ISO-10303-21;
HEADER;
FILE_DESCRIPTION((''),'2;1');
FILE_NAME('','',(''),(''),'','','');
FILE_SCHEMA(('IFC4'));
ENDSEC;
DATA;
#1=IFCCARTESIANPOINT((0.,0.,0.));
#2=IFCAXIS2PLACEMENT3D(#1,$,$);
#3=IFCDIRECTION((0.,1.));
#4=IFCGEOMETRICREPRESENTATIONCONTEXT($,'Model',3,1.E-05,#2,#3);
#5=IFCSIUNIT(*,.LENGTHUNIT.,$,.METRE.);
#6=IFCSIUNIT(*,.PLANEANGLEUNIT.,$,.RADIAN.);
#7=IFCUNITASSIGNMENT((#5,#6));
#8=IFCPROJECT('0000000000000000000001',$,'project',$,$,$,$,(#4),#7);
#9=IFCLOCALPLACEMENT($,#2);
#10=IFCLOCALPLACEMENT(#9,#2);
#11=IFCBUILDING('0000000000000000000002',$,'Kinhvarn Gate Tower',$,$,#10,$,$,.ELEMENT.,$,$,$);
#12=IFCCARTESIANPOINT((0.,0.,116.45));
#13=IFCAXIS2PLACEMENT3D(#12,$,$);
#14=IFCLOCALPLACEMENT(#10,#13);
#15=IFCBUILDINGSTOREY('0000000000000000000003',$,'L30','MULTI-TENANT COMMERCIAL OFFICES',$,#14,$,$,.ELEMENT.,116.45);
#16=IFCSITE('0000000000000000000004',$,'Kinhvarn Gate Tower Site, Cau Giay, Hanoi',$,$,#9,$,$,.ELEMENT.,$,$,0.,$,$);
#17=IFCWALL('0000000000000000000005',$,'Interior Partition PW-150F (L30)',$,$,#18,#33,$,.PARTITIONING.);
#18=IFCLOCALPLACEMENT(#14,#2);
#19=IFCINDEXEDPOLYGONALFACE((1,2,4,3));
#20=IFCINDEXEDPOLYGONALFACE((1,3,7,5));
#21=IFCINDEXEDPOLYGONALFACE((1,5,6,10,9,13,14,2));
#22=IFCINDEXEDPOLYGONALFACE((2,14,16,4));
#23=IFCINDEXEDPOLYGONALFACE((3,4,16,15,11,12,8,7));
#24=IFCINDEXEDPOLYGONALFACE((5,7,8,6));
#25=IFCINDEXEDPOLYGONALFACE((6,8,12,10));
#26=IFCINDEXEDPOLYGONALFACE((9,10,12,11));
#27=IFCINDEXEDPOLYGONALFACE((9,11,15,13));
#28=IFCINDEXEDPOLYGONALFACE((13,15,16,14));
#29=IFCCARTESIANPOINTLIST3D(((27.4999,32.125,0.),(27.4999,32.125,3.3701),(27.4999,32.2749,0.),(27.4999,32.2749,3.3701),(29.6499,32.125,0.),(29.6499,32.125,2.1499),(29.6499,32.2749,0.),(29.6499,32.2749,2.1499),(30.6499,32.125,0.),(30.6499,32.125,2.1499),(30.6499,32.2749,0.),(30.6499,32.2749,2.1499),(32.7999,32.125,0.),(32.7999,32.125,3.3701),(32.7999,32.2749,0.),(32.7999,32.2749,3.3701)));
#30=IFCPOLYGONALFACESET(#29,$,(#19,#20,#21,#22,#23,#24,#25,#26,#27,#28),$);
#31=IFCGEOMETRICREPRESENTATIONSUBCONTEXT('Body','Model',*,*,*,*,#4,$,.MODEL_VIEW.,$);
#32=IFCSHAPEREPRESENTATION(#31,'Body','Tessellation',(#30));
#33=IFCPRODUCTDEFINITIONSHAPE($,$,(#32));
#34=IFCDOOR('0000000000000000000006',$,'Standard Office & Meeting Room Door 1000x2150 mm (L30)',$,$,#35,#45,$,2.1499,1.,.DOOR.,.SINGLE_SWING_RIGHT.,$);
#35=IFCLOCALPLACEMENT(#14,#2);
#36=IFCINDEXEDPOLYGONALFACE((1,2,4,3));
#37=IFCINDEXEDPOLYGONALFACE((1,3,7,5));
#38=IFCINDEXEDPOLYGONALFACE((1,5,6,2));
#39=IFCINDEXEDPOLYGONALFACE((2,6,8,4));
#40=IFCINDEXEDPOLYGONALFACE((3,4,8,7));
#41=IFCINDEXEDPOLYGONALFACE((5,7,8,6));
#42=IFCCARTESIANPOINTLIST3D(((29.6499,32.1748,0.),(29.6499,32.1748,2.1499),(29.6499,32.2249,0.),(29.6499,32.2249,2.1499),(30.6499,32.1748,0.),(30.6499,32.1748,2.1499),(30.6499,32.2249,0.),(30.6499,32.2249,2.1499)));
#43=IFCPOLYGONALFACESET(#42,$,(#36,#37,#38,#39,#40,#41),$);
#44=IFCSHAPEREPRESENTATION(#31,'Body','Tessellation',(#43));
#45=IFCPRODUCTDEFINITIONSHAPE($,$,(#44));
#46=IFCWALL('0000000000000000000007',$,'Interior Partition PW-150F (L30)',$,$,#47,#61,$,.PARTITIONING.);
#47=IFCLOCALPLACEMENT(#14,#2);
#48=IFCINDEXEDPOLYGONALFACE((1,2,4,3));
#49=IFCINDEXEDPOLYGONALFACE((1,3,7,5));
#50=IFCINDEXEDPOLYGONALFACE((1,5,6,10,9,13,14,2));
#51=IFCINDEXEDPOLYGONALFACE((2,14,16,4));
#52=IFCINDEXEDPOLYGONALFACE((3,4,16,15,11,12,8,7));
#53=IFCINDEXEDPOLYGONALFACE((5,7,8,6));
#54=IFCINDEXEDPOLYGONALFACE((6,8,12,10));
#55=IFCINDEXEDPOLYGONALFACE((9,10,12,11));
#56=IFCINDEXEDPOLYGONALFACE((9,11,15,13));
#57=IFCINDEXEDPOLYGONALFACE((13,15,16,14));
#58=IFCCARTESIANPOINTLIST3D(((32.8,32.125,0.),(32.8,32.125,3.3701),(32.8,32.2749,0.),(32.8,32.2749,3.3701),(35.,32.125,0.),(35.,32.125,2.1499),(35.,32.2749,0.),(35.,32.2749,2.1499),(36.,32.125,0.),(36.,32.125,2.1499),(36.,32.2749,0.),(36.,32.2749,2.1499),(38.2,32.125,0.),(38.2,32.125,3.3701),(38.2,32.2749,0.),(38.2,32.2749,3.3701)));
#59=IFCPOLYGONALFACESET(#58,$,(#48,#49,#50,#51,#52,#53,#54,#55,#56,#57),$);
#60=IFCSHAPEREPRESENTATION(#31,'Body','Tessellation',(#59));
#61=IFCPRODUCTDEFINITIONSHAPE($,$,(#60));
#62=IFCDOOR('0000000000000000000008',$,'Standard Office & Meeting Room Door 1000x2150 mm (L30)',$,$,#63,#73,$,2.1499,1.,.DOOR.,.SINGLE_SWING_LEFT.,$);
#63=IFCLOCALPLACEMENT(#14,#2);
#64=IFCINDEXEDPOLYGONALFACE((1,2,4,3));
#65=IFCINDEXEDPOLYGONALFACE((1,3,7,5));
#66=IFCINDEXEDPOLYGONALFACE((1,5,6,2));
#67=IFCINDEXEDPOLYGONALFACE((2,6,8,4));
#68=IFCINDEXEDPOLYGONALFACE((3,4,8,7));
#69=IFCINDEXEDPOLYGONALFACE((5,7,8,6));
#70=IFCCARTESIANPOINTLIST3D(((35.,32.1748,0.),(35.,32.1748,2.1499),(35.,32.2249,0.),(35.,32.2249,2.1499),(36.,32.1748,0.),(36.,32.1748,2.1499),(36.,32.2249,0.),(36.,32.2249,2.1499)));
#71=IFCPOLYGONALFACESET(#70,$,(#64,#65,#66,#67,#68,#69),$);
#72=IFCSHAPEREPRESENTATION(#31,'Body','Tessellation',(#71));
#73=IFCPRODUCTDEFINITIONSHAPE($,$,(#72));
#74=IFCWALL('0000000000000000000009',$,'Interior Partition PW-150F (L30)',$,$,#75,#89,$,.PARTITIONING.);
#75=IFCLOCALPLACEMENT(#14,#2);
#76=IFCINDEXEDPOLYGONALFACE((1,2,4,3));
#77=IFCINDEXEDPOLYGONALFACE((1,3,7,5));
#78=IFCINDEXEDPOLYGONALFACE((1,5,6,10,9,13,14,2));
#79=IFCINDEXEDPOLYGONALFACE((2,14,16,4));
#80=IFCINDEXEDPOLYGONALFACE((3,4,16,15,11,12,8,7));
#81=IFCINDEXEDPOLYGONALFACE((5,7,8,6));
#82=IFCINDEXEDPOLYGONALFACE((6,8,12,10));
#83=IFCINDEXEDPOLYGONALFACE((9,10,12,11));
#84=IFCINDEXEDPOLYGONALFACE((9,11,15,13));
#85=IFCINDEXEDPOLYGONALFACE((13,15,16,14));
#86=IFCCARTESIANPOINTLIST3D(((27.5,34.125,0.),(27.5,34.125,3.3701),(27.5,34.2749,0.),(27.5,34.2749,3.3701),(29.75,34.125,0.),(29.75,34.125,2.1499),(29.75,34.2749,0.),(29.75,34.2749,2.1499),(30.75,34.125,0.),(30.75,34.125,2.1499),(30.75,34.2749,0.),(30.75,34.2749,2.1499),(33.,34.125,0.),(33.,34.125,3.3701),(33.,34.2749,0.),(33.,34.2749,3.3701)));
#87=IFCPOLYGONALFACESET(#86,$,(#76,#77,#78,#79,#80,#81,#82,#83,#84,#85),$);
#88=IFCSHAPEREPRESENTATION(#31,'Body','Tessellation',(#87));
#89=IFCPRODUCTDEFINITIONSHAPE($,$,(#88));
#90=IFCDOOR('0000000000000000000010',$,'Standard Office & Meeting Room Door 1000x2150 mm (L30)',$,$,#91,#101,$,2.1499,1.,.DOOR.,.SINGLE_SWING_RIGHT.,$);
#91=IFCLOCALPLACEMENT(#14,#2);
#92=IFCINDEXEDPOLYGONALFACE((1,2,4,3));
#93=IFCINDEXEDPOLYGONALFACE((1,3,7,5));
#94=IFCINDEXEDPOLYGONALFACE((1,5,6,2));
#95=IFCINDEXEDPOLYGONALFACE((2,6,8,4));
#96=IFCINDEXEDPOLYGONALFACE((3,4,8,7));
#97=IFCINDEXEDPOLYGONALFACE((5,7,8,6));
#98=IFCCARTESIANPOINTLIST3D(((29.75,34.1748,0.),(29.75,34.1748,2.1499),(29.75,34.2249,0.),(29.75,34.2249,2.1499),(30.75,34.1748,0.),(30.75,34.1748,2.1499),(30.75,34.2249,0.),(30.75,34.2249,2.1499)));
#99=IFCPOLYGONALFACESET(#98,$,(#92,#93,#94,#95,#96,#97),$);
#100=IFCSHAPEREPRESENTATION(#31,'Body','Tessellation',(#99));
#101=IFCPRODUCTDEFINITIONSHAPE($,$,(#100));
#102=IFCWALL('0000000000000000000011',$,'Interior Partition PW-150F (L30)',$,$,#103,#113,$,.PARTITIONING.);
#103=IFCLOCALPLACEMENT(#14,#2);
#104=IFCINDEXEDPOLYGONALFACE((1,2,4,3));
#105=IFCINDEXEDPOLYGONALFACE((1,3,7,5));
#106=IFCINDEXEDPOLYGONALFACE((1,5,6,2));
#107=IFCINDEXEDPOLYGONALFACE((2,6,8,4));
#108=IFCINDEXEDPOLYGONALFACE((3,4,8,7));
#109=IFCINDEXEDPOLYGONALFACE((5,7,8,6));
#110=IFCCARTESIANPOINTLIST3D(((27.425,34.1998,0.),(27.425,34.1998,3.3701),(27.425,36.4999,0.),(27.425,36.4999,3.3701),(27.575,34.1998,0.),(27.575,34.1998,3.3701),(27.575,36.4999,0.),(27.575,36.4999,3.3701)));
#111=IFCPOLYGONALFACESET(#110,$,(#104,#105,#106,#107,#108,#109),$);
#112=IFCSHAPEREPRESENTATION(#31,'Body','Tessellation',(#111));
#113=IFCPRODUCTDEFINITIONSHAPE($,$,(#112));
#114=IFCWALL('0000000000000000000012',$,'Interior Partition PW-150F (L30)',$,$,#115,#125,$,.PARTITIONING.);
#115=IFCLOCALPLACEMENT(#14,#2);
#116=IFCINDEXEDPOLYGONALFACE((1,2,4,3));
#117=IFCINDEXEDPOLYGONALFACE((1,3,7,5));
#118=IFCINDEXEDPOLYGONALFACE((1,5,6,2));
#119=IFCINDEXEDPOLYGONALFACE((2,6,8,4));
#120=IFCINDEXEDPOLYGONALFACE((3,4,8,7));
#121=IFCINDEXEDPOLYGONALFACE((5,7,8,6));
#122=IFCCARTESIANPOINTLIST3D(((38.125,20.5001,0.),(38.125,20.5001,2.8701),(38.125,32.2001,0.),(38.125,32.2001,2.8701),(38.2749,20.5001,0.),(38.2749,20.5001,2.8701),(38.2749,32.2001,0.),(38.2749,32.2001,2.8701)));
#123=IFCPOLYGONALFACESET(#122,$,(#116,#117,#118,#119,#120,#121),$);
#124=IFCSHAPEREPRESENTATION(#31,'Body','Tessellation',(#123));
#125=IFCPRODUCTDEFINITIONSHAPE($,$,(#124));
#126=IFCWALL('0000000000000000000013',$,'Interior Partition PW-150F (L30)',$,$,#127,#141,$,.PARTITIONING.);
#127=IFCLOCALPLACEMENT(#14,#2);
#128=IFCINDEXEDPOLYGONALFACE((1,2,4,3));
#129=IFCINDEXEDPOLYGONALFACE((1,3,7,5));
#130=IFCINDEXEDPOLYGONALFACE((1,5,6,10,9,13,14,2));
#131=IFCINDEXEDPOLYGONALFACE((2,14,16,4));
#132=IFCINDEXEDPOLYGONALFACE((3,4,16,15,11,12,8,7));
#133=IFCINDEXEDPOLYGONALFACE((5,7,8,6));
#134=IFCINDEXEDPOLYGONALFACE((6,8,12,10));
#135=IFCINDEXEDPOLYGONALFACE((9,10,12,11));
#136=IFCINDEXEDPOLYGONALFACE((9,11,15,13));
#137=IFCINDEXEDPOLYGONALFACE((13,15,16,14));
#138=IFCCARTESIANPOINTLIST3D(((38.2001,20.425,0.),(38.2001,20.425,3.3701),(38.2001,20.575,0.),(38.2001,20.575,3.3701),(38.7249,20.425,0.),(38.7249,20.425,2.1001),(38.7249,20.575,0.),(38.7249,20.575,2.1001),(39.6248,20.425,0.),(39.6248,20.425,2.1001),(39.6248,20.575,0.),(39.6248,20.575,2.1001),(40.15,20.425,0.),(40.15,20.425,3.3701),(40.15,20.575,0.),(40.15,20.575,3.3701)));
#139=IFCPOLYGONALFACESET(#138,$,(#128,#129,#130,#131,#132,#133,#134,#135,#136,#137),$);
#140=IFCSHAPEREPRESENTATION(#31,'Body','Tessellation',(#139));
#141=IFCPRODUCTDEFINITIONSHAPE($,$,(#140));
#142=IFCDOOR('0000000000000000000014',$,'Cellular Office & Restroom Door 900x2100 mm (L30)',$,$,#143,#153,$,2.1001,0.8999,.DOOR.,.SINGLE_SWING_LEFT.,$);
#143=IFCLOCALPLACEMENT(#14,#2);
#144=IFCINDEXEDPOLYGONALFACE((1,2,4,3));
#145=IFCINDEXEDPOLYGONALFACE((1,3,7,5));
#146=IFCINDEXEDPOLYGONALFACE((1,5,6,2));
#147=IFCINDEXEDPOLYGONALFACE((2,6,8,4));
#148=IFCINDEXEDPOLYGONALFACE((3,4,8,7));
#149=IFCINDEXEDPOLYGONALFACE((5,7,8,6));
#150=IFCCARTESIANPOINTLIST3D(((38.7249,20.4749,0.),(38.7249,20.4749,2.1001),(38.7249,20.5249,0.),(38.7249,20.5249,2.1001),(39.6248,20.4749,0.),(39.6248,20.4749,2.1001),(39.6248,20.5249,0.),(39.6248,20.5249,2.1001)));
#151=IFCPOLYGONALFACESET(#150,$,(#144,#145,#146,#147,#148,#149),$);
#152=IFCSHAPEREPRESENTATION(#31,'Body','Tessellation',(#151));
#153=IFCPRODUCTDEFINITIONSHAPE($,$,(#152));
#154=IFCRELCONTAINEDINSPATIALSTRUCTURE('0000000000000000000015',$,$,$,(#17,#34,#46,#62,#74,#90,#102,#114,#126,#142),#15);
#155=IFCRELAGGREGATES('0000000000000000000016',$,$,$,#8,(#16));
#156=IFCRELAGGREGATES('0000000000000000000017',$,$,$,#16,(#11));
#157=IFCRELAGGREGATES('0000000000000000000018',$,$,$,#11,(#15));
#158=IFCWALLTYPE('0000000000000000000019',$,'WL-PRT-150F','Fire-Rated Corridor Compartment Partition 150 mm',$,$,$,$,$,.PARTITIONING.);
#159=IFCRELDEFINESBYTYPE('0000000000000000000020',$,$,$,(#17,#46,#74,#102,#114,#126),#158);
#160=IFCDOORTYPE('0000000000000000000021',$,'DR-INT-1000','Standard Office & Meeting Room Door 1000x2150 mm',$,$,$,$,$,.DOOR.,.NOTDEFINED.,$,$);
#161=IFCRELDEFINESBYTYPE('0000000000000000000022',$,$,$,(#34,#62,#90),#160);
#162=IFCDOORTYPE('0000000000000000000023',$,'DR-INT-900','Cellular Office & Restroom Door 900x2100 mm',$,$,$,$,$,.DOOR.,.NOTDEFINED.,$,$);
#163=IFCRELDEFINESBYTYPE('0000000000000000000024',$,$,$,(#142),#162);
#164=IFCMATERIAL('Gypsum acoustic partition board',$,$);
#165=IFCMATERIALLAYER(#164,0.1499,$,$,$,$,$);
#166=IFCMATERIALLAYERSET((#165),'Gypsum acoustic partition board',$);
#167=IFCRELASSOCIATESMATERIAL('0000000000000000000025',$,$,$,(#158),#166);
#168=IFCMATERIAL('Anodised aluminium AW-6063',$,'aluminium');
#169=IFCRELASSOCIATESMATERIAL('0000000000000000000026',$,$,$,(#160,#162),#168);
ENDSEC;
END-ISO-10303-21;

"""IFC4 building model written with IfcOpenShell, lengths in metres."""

from ifc_helpers import new_model, si_unit, direction, frame, frame_2d, origin, place, context, subcontext, project, spatial, rectangle, extrude, material, layer, layer_set, type_object, element, fill, save


model = new_model("IFC4")

# Units and contexts
model_context = context("Model", 3, precision=1e-05, world=origin(), true_north=direction((0.0, 1.0)))
body_context = subcontext(model_context, "Body", "Model", "MODEL_VIEW")
ifc_project = project(units=[si_unit("LENGTHUNIT", "METRE"), si_unit("PLANEANGLEUNIT", "RADIAN")], contexts=[model_context])

# Site, building, storey
site_placement = place(None, origin())
site = spatial("IfcSite", under=ifc_project, at=site_placement, Name="Kinhvarn Gate Tower Site, Cau Giay, Hanoi", CompositionType="ELEMENT", RefElevation=0.0)
building_placement = place(site_placement, origin())
building = spatial("IfcBuilding", under=site, at=building_placement, Name="Kinhvarn Gate Tower", CompositionType="ELEMENT")
storey_placement = place(building_placement, frame((0.0, 0.0, 116.45)))
storey = spatial("IfcBuildingStorey", under=building, at=storey_placement, Name="L30", Description="MULTI-TENANT COMMERCIAL OFFICES", CompositionType="ELEMENT", Elevation=116.45)

# Shared definitions
ifc_material_1 = material(Name="Gypsum acoustic partition board")

# Walls, openings, doors
ifc_layer_1 = layer(ifc_material_1, 0.1499)
ifc_layer_set_1 = layer_set([ifc_layer_1], Name="Gypsum acoustic partition board")
wall_type_1 = type_object("IfcWallType", Name="WL-PRT-150F", Description="Fire-Rated Corridor Compartment Partition 150 mm", PredefinedType="PARTITIONING", material=ifc_layer_set_1)
wall_1_placement = place(storey_placement, frame((27.5, 32.2, 0.0), z_axis=(0.0, 0.0, 1.0), x_axis=(1.0, 0.0, 0.0)))
wall_1 = element("IfcWall", 1, at=wall_1_placement, inside=storey, type_object=wall_type_1, Name="Interior Partition PW-150F (L30)", PredefinedType="PARTITIONING", context=body_context, shape_type="SweptSolid", body=[
    extrude(rectangle(XDim=5.3, YDim=0.1499, at=frame_2d((2.6499, 0.0))), origin(), (0.0, 0.0, 1.0), 3.3701),
])
opening_1_placement = place(wall_1_placement, frame((2.1499, 0.0, 0.0)))
opening_1 = element("IfcOpeningElement", 2, at=opening_1_placement, cuts=wall_1, PredefinedType="OPENING", context=body_context, shape_type="SweptSolid", body=[
    extrude(rectangle(XDim=1.0, YDim=2.1499, at=frame_2d((0.5, 1.075))), frame((0.0, 0.085, 0.0), z_axis=(0.0, -1.0, 0.0), x_axis=(1.0, 0.0, 0.0)), (0.0, 0.0, 1.0), 0.1699),
])
ifc_material_2 = material(Name="Anodised aluminium AW-6063", Category="aluminium")
door_type_1 = type_object("IfcDoorType", Name="DR-INT-1000", Description="Standard Office & Meeting Room Door 1000x2150 mm", OperationType="NOTDEFINED", PredefinedType="DOOR", material=ifc_material_2)
door_1_placement = place(opening_1_placement, origin())
door_1 = element("IfcDoor", 3, at=door_1_placement, inside=storey, type_object=door_type_1, Name="Standard Office & Meeting Room Door 1000x2150 mm (L30)", OperationType="SINGLE_SWING_RIGHT", OverallHeight=2.1499, OverallWidth=1.0, PredefinedType="DOOR", context=body_context, shape_type="SweptSolid", body=[
    extrude(rectangle(XDim=1.0, YDim=2.1499, at=frame_2d((0.5, 1.075))), frame((0.0, 0.0249, 0.0), z_axis=(0.0, -1.0, 0.0), x_axis=(1.0, 0.0, 0.0)), (0.0, 0.0, 1.0), 0.05),
])
fill(opening_1, door_1)
wall_2_placement = place(storey_placement, frame((32.8, 32.2, 0.0), z_axis=(0.0, 0.0, 1.0), x_axis=(1.0, 0.0, 0.0)))
wall_2 = element("IfcWall", 4, at=wall_2_placement, inside=storey, type_object=wall_type_1, Name="Interior Partition PW-150F (L30)", PredefinedType="PARTITIONING", context=body_context, shape_type="SweptSolid", body=[
    extrude(rectangle(XDim=5.3999, YDim=0.1499, at=frame_2d((2.7, 0.0))), origin(), (0.0, 0.0, 1.0), 3.3701),
])
opening_2_placement = place(wall_2_placement, frame((2.2, 0.0, 0.0)))
opening_2 = element("IfcOpeningElement", 5, at=opening_2_placement, cuts=wall_2, PredefinedType="OPENING", context=body_context, shape_type="SweptSolid", body=[
    extrude(rectangle(XDim=1.0, YDim=2.1499, at=frame_2d((0.5, 1.075))), frame((0.0, 0.085, 0.0), z_axis=(0.0, -1.0, 0.0), x_axis=(1.0, 0.0, 0.0)), (0.0, 0.0, 1.0), 0.1699),
])
door_2_placement = place(opening_2_placement, origin())
door_2 = element("IfcDoor", 6, at=door_2_placement, inside=storey, type_object=door_type_1, Name="Standard Office & Meeting Room Door 1000x2150 mm (L30)", OperationType="SINGLE_SWING_LEFT", OverallHeight=2.1499, OverallWidth=1.0, PredefinedType="DOOR", context=body_context, shape_type="SweptSolid", body=[
    extrude(rectangle(XDim=1.0, YDim=2.1499, at=frame_2d((0.5, 1.075))), frame((0.0, 0.0249, 0.0), z_axis=(0.0, -1.0, 0.0), x_axis=(1.0, 0.0, 0.0)), (0.0, 0.0, 1.0), 0.05),
])
fill(opening_2, door_2)
wall_3_placement = place(storey_placement, frame((27.5, 34.2, 0.0), z_axis=(0.0, 0.0, 1.0), x_axis=(1.0, 0.0, 0.0)))
wall_3 = element("IfcWall", 7, at=wall_3_placement, inside=storey, type_object=wall_type_1, Name="Interior Partition PW-150F (L30)", PredefinedType="PARTITIONING", context=body_context, shape_type="SweptSolid", body=[
    extrude(rectangle(XDim=5.5, YDim=0.1499, at=frame_2d((2.75, 0.0))), origin(), (0.0, 0.0, 1.0), 3.3701),
])
opening_3_placement = place(wall_3_placement, frame((2.25, 0.0, 0.0)))
opening_3 = element("IfcOpeningElement", 8, at=opening_3_placement, cuts=wall_3, PredefinedType="OPENING", context=body_context, shape_type="SweptSolid", body=[
    extrude(rectangle(XDim=1.0, YDim=2.1499, at=frame_2d((0.5, 1.075))), frame((0.0, 0.085, 0.0), z_axis=(0.0, -1.0, 0.0), x_axis=(1.0, 0.0, 0.0)), (0.0, 0.0, 1.0), 0.1699),
])
door_3_placement = place(opening_3_placement, origin())
door_3 = element("IfcDoor", 9, at=door_3_placement, inside=storey, type_object=door_type_1, Name="Standard Office & Meeting Room Door 1000x2150 mm (L30)", OperationType="SINGLE_SWING_RIGHT", OverallHeight=2.1499, OverallWidth=1.0, PredefinedType="DOOR", context=body_context, shape_type="SweptSolid", body=[
    extrude(rectangle(XDim=1.0, YDim=2.1499, at=frame_2d((0.5, 1.075))), frame((0.0, 0.0249, 0.0), z_axis=(0.0, -1.0, 0.0), x_axis=(1.0, 0.0, 0.0)), (0.0, 0.0, 1.0), 0.05),
])
fill(opening_3, door_3)

# Walls
wall_4_placement = place(storey_placement, frame((27.5, 34.2, 0.0), z_axis=(0.0, 0.0, 1.0), x_axis=(0.0, 1.0, 0.0)))
element("IfcWall", 10, at=wall_4_placement, inside=storey, type_object=wall_type_1, Name="Interior Partition PW-150F (L30)", PredefinedType="PARTITIONING", context=body_context, shape_type="SweptSolid", body=[
    extrude(rectangle(XDim=2.3, YDim=0.1499, at=frame_2d((1.1499, 0.0))), origin(), (0.0, 0.0, 1.0), 3.3701),
])
wall_5_placement = place(storey_placement, frame((38.2, 20.5, 0.0), z_axis=(0.0, 0.0, 1.0), x_axis=(0.0, 1.0, 0.0)))
element("IfcWall", 11, at=wall_5_placement, inside=storey, type_object=wall_type_1, Name="Interior Partition PW-150F (L30)", PredefinedType="PARTITIONING", context=body_context, shape_type="SweptSolid", body=[
    extrude(rectangle(XDim=11.7, YDim=0.1499, at=frame_2d((5.8501, 0.0))), origin(), (0.0, 0.0, 1.0), 2.8701),
])

# Wall, opening, door
wall_6_placement = place(storey_placement, frame((38.2, 20.5, 0.0), z_axis=(0.0, 0.0, 1.0), x_axis=(1.0, 0.0, 0.0)))
wall_6 = element("IfcWall", 12, at=wall_6_placement, inside=storey, type_object=wall_type_1, Name="Interior Partition PW-150F (L30)", PredefinedType="PARTITIONING", context=body_context, shape_type="SweptSolid", body=[
    extrude(rectangle(XDim=1.95, YDim=0.1499, at=frame_2d((0.9751, 0.0))), origin(), (0.0, 0.0, 1.0), 3.3701),
])
opening_4_placement = place(wall_6_placement, frame((0.5249, 0.0, 0.0)))
opening_4 = element("IfcOpeningElement", 13, at=opening_4_placement, cuts=wall_6, PredefinedType="OPENING", context=body_context, shape_type="SweptSolid", body=[
    extrude(rectangle(XDim=0.8999, YDim=2.1001, at=frame_2d((0.45, 1.05))), frame((0.0, 0.085, 0.0), z_axis=(0.0, -1.0, 0.0), x_axis=(1.0, 0.0, 0.0)), (0.0, 0.0, 1.0), 0.1699),
])
door_type_2 = type_object("IfcDoorType", Name="DR-INT-900", Description="Cellular Office & Restroom Door 900x2100 mm", OperationType="NOTDEFINED", PredefinedType="DOOR", material=ifc_material_2)
door_4_placement = place(opening_4_placement, origin())
door_4 = element("IfcDoor", 14, at=door_4_placement, inside=storey, type_object=door_type_2, Name="Cellular Office & Restroom Door 900x2100 mm (L30)", OperationType="SINGLE_SWING_LEFT", OverallHeight=2.1001, OverallWidth=0.8999, PredefinedType="DOOR", context=body_context, shape_type="SweptSolid", body=[
    extrude(rectangle(XDim=0.8999, YDim=2.1001, at=frame_2d((0.45, 1.05))), frame((0.0, 0.0249, 0.0), z_axis=(0.0, -1.0, 0.0), x_axis=(1.0, 0.0, 0.0)), (0.0, 0.0, 1.0), 0.05),
])
fill(opening_4, door_4)

save(model, "model.ifc")
